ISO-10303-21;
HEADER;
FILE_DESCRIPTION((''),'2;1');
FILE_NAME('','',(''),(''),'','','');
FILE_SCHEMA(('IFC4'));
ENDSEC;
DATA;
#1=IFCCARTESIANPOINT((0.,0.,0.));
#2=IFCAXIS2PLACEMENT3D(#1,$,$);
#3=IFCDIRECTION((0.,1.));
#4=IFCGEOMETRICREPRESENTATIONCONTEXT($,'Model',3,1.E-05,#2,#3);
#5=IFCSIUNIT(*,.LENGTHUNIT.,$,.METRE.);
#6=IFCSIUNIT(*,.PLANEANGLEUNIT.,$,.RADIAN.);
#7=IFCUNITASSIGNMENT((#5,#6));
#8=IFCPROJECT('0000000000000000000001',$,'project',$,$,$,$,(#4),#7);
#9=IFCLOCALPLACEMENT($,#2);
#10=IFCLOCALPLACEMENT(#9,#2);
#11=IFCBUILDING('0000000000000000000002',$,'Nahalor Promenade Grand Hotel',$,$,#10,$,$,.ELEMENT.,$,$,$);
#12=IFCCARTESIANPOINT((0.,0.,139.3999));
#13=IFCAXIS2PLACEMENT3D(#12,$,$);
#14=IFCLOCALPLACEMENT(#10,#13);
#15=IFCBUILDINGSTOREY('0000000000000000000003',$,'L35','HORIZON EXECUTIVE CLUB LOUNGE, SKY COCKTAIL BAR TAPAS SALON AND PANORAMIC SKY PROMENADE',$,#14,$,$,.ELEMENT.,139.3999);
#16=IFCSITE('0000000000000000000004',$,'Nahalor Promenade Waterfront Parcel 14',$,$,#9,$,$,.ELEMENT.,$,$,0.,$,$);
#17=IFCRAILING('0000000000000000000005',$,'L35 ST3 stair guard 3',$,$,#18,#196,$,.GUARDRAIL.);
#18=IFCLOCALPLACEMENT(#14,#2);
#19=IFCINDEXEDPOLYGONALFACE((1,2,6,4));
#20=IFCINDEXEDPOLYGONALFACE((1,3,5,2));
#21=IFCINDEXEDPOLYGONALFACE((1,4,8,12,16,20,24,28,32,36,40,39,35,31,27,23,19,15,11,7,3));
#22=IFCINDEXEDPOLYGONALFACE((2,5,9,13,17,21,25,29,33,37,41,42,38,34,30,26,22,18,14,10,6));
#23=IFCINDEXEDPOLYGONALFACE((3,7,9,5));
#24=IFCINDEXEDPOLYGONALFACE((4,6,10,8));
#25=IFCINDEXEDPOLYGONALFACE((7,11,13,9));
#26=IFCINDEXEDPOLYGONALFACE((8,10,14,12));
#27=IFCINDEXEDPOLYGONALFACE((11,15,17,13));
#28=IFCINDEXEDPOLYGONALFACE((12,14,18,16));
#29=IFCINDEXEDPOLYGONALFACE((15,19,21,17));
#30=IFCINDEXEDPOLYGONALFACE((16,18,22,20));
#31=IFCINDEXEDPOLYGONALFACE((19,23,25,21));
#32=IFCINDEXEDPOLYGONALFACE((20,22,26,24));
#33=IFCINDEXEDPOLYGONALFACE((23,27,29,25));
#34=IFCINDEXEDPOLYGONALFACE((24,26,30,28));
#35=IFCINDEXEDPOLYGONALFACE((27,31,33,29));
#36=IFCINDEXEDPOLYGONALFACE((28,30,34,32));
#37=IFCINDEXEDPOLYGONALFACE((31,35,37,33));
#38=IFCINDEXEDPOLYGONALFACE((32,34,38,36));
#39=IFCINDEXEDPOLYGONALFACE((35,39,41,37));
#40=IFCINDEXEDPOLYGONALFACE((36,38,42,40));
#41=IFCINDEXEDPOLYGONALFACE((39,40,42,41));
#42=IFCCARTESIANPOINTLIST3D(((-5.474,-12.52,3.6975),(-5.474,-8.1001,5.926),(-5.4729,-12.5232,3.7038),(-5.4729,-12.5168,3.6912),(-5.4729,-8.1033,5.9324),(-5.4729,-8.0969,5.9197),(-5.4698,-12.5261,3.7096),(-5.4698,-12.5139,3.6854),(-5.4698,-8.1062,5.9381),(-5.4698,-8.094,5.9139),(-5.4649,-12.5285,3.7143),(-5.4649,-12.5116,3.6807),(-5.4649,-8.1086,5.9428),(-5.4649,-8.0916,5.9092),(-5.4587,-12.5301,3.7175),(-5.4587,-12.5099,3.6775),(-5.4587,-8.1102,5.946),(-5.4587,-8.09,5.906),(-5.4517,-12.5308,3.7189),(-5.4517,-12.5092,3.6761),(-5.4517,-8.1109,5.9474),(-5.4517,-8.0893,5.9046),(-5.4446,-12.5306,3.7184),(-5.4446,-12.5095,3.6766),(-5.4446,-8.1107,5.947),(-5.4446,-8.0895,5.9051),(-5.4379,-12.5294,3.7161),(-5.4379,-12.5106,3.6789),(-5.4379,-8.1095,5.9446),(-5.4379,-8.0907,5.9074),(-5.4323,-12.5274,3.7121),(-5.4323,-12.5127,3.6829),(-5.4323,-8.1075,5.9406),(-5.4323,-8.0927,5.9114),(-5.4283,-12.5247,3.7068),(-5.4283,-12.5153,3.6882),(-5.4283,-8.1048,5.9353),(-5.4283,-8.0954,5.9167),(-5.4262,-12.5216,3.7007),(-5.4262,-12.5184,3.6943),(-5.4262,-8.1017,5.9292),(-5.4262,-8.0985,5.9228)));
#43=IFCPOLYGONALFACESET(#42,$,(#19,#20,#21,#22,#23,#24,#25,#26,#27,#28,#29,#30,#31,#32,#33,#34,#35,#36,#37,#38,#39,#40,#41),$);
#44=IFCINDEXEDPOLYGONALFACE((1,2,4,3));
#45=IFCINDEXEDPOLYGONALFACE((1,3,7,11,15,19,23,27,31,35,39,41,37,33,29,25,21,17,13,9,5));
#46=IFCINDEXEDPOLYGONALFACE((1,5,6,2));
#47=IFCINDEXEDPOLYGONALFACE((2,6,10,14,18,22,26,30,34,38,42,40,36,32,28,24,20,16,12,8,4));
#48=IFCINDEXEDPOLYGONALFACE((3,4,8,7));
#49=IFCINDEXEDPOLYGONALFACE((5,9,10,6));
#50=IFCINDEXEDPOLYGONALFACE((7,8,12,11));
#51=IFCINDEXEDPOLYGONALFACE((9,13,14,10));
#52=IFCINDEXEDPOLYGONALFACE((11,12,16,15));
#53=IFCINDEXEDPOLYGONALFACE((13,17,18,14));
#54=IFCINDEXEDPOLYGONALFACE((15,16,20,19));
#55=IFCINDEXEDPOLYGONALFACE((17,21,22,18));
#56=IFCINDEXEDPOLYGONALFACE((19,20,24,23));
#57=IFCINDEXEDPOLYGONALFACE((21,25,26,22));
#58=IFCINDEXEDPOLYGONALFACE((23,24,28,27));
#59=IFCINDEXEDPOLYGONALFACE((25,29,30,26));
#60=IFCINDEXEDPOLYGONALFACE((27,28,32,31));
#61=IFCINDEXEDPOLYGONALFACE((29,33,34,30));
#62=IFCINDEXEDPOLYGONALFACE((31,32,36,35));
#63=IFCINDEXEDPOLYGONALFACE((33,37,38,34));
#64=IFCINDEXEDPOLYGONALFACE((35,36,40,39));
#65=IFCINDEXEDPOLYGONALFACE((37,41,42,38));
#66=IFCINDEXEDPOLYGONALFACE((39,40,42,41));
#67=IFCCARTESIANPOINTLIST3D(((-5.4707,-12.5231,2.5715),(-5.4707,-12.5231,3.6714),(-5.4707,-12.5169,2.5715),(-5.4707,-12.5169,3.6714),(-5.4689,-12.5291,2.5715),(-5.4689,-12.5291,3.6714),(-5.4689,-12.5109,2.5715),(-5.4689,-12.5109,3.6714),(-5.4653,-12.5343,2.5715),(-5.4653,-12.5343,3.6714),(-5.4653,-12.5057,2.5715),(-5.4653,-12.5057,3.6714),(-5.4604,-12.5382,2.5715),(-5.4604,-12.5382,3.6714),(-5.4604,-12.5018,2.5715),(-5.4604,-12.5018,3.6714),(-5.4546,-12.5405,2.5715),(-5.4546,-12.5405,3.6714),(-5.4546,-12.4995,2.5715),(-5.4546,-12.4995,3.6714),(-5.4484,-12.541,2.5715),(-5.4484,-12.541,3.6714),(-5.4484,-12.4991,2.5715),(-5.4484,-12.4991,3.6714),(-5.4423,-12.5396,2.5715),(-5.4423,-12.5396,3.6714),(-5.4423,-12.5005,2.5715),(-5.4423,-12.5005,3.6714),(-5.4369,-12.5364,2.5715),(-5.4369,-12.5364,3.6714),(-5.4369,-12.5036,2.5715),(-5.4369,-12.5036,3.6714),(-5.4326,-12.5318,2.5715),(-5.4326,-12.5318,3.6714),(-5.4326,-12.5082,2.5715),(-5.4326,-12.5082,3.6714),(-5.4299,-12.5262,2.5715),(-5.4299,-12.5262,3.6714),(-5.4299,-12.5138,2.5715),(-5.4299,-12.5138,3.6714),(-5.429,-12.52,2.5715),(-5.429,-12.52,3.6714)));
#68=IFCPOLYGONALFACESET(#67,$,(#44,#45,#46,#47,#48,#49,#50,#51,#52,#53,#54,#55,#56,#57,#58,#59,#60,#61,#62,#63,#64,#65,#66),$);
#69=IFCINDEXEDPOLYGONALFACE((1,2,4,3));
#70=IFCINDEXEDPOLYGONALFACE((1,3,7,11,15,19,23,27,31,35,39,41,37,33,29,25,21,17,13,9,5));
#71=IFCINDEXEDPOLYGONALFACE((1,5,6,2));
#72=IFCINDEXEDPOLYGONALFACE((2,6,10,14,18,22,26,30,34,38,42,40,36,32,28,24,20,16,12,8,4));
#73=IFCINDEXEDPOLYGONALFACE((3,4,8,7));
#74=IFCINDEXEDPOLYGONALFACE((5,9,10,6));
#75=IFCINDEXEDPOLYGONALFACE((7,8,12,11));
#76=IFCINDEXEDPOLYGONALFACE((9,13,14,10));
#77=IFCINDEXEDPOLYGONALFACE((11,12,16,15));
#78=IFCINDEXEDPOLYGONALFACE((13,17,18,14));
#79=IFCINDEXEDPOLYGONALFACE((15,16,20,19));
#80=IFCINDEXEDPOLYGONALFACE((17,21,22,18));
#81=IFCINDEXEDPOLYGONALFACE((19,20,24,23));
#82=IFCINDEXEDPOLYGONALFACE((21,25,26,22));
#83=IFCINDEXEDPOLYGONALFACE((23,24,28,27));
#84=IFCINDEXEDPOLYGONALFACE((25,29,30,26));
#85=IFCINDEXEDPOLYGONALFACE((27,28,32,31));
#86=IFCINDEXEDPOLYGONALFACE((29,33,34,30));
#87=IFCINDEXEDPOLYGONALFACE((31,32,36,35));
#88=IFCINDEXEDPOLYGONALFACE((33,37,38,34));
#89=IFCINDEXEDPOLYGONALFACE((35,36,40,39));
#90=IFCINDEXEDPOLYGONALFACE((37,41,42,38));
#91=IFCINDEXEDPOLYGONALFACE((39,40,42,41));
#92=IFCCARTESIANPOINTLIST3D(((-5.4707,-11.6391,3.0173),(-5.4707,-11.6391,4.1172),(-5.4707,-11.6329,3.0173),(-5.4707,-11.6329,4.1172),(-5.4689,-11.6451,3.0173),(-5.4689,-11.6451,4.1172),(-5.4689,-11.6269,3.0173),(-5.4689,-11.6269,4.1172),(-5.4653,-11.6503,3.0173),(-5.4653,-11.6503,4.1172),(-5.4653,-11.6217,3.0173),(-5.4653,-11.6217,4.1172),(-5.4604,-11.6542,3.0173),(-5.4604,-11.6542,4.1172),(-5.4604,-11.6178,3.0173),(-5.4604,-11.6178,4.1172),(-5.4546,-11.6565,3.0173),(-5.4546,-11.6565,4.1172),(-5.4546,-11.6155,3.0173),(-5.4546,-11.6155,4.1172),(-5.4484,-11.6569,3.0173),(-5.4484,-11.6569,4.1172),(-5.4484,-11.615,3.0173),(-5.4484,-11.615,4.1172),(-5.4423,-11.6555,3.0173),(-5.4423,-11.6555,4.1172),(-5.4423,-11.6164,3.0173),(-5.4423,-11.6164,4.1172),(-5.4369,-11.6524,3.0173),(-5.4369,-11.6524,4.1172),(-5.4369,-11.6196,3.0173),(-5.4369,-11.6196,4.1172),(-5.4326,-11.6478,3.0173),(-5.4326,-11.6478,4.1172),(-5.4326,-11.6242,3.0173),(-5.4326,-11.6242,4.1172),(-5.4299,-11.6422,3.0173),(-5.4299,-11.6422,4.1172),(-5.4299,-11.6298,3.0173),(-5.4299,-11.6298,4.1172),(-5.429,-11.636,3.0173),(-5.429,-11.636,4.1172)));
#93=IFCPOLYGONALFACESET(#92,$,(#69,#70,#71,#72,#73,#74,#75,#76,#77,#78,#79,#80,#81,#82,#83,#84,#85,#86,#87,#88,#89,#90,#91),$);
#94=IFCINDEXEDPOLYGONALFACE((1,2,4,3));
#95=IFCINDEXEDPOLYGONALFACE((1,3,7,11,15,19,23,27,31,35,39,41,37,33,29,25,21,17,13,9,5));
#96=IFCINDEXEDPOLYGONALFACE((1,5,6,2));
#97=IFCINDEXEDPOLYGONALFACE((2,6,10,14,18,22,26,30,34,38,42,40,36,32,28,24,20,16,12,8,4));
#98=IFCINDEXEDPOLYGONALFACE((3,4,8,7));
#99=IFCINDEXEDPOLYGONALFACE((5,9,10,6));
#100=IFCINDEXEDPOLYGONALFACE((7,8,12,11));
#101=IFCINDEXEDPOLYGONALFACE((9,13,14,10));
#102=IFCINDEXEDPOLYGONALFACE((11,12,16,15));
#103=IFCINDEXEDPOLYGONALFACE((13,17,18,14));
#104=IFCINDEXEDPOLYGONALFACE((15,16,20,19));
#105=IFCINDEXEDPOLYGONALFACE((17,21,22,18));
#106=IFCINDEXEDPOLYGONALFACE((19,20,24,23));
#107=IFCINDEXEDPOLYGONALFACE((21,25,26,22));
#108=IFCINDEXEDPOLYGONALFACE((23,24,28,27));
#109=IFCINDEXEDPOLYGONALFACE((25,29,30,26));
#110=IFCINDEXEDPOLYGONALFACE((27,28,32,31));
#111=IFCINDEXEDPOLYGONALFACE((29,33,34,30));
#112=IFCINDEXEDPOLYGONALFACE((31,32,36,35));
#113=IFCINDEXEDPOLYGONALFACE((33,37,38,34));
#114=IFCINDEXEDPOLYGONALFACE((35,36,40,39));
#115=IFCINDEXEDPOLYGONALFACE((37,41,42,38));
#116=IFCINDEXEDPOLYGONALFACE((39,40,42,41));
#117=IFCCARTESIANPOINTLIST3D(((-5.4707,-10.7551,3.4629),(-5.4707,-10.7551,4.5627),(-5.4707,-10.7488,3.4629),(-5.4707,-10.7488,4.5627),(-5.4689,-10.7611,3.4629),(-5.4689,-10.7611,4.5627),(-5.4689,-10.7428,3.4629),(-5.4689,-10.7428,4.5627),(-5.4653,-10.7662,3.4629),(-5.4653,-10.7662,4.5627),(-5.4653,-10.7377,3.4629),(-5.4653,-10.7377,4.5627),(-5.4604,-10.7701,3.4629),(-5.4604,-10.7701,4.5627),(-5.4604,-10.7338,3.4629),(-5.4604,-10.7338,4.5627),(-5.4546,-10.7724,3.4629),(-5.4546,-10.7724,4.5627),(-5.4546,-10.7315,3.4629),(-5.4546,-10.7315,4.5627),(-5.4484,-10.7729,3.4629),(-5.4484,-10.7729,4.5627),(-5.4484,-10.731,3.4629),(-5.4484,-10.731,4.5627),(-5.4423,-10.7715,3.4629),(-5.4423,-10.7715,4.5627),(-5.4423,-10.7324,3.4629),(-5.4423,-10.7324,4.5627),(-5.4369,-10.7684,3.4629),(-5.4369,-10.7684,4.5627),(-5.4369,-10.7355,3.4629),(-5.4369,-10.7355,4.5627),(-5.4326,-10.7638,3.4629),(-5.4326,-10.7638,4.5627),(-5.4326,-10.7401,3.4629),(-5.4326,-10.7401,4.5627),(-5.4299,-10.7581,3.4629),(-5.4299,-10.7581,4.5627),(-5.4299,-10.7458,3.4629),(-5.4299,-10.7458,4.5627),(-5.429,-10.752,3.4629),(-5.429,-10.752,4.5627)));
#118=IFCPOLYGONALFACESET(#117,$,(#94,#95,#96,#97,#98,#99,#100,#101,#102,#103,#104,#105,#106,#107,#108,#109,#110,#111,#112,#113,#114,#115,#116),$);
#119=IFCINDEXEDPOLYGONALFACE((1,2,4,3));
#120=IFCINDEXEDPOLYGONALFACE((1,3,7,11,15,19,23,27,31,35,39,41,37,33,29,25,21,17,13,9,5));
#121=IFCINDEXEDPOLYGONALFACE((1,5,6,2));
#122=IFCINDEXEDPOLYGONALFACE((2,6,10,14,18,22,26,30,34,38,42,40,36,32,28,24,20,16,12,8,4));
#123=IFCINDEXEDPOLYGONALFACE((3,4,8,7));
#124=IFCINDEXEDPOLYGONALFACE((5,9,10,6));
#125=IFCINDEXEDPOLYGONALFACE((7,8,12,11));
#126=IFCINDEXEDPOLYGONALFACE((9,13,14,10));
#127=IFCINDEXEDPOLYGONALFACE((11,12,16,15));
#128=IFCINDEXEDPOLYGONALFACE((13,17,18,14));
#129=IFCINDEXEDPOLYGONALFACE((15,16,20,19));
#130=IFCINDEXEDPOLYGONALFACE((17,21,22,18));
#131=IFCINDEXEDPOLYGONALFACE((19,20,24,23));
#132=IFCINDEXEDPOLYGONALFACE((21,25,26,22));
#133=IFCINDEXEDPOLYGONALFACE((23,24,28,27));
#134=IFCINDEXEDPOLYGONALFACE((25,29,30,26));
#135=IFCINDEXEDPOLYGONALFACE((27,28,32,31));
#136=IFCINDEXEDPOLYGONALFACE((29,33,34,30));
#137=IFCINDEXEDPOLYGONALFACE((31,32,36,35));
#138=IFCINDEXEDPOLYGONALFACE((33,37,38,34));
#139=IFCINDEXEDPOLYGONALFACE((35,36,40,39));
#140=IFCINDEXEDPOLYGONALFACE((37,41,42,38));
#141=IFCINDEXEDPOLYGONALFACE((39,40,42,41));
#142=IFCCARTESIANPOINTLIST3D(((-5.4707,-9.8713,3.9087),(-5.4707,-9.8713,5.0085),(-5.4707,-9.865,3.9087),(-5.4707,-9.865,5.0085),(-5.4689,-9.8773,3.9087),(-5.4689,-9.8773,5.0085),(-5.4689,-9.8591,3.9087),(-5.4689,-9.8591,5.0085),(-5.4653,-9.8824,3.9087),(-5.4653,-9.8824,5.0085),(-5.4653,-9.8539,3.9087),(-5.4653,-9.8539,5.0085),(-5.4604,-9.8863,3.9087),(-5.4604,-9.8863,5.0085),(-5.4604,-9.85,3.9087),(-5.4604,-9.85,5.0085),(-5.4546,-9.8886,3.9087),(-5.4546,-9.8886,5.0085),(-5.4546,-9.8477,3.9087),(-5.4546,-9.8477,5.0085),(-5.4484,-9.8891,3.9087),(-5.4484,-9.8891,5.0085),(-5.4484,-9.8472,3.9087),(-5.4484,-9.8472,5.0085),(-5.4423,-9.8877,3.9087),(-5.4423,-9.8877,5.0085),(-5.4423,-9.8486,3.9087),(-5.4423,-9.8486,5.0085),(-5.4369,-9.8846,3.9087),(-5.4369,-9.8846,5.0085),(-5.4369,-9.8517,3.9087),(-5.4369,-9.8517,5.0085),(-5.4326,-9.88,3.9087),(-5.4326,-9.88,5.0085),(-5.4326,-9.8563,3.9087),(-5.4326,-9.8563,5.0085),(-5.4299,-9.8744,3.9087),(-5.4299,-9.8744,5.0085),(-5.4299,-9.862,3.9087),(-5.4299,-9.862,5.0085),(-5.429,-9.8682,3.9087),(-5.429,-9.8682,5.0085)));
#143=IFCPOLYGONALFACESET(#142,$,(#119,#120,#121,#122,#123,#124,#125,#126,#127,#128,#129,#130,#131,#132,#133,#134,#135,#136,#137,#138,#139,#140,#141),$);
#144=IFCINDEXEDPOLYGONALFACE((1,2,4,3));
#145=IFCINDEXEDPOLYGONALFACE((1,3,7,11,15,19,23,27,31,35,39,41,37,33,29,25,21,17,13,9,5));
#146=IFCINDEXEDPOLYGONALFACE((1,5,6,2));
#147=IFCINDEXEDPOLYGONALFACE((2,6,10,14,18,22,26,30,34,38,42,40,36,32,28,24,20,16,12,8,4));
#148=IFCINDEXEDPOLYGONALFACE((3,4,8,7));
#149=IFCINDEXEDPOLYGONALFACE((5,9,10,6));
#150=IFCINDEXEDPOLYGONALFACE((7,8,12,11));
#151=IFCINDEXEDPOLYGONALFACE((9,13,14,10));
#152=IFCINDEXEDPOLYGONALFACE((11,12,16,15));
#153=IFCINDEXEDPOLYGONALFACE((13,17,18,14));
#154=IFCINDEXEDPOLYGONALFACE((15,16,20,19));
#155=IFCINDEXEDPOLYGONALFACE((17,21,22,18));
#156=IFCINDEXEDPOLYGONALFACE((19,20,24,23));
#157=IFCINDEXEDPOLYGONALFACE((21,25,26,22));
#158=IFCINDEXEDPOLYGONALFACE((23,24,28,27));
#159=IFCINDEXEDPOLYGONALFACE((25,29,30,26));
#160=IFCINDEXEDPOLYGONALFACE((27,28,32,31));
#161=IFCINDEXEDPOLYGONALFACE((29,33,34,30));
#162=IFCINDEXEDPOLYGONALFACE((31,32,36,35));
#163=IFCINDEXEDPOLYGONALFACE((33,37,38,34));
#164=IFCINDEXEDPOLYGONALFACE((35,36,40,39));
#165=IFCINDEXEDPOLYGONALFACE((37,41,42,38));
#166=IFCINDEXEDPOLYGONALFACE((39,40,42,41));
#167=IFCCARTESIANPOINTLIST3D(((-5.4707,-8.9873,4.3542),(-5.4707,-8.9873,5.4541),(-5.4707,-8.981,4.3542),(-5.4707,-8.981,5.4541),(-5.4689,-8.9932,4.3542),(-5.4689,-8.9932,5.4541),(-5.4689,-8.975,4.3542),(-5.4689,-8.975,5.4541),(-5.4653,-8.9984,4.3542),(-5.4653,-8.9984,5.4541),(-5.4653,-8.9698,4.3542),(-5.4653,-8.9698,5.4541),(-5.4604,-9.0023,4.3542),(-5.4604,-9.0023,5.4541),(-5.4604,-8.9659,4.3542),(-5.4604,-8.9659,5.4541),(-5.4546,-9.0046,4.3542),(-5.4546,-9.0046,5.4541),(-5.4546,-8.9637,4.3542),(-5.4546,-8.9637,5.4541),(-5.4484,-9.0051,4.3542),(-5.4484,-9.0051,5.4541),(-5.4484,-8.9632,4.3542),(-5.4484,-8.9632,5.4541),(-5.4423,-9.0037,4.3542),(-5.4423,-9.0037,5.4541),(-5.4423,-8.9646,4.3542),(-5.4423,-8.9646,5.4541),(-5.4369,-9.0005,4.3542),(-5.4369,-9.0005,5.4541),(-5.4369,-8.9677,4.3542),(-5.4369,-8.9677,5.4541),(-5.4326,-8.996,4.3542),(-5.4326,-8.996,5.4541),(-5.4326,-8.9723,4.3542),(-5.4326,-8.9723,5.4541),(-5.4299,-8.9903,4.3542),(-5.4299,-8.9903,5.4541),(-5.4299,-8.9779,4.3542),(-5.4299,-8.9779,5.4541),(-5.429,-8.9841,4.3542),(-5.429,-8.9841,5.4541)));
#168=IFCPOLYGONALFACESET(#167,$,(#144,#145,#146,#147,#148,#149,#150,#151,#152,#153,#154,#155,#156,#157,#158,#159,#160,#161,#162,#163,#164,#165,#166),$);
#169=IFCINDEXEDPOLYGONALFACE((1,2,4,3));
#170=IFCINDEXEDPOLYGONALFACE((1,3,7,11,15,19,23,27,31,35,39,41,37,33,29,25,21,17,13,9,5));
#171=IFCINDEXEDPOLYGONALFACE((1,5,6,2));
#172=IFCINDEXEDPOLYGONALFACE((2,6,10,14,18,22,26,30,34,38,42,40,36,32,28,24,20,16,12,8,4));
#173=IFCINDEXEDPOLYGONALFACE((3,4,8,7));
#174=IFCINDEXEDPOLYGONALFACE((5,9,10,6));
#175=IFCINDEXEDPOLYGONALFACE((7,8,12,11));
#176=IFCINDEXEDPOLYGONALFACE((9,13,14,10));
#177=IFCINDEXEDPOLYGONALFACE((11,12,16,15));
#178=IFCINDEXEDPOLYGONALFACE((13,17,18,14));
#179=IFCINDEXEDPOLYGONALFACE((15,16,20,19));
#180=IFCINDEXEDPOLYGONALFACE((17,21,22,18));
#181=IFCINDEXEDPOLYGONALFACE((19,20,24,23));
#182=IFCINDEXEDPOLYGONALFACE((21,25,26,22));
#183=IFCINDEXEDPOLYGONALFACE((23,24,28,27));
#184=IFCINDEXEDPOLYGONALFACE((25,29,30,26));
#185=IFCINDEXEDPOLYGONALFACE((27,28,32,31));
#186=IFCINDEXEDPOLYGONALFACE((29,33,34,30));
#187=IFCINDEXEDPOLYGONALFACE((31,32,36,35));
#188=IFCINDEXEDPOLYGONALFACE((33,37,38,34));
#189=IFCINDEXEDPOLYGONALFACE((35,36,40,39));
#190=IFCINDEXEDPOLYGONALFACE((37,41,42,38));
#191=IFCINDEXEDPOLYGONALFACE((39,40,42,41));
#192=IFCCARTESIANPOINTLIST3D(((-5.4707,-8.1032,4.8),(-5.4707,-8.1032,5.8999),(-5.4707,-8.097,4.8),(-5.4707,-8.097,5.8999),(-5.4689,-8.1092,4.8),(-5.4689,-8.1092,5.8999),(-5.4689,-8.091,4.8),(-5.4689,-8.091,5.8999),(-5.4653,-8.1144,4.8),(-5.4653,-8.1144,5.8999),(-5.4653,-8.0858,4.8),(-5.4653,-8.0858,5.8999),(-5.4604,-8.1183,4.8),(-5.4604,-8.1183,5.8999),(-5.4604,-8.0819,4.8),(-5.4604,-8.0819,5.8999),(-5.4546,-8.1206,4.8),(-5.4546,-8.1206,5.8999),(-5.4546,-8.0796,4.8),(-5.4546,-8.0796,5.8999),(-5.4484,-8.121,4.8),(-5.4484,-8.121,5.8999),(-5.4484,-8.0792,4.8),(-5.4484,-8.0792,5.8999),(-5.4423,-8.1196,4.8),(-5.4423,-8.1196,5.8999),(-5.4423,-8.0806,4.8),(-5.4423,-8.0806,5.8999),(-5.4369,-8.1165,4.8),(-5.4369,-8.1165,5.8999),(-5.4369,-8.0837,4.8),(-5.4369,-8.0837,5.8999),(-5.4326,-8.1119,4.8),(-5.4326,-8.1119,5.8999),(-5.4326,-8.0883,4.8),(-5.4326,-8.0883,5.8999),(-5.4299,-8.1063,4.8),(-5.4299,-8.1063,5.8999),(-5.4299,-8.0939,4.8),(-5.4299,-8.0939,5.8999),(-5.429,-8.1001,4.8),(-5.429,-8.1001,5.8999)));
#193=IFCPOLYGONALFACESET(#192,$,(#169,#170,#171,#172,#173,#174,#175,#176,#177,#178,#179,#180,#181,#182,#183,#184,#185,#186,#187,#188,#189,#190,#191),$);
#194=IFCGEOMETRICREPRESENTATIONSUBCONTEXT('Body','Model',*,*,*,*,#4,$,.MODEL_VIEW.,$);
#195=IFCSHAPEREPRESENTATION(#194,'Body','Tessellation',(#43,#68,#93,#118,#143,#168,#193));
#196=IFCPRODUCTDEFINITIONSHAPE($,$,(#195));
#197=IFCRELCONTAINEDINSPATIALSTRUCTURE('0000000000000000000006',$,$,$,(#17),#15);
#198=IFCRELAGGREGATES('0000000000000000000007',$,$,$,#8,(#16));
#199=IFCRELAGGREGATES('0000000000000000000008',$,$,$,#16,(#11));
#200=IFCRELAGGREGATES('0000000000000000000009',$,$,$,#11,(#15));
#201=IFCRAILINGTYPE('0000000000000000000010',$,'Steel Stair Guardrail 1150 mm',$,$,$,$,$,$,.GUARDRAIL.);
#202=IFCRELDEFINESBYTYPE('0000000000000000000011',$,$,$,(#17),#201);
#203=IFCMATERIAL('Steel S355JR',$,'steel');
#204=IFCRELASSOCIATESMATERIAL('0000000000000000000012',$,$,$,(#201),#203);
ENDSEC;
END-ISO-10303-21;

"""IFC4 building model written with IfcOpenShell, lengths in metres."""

from ifc_helpers import new_model, si_unit, direction, frame, origin, origin_2d, place, context, subcontext, project, spatial, circle, extrude, material, type_object, element, save


model = new_model("IFC4")

# Units and contexts
model_context = context("Model", 3, precision=1e-05, world=origin(), true_north=direction((0.0, 1.0)))
body_context = subcontext(model_context, "Body", "Model", "MODEL_VIEW")
ifc_project = project(units=[si_unit("LENGTHUNIT", "METRE"), si_unit("PLANEANGLEUNIT", "RADIAN")], contexts=[model_context])

# Site, building, storey
site_placement = place(None, origin())
site = spatial("IfcSite", under=ifc_project, at=site_placement, Name="Nahalor Promenade Waterfront Parcel 14", CompositionType="ELEMENT", RefElevation=0.0)
building_placement = place(site_placement, origin())
building = spatial("IfcBuilding", under=site, at=building_placement, Name="Nahalor Promenade Grand Hotel", CompositionType="ELEMENT")
storey_placement = place(building_placement, frame((0.0, 0.0, 139.3999)))
storey = spatial("IfcBuildingStorey", under=building, at=storey_placement, Name="L35", Description="HORIZON EXECUTIVE CLUB LOUNGE, SKY COCKTAIL BAR TAPAS SALON AND PANORAMIC SKY PROMENADE", CompositionType="ELEMENT", Elevation=139.3999)

# Shared definitions
ifc_material_1 = material(Name="Steel S355JR", Category="steel")

# Railing
railing_type_1 = type_object("IfcRailingType", Name="Steel Stair Guardrail 1150 mm", PredefinedType="GUARDRAIL", material=ifc_material_1)
railing_1_placement = place(storey_placement, frame((-5.45, -12.52, 2.5715)))
element("IfcRailing", 1, at=railing_1_placement, inside=storey, type_object=railing_type_1, Name="L35 ST3 stair guard 3", PredefinedType="GUARDRAIL", context=body_context, shape_type="SweptSolid", body=[
    extrude(circle(Radius=0.024, at=origin_2d()), frame((0.0, 0.0, 1.126), z_axis=(0.0, 0.892923, 0.45021), x_axis=(-1.0, 0.0, 0.0)), (0.0, 0.0, 1.0), 4.95),
    extrude(circle(Radius=0.021, at=origin_2d()), origin(), (0.0, 0.0, 1.0), 1.0999),
    extrude(circle(Radius=0.021, at=origin_2d()), frame((0.0, 0.884, 0.4458)), (0.0, 0.0, 1.0), 1.0999),
    extrude(circle(Radius=0.021, at=origin_2d()), frame((0.0, 1.7681, 0.8914)), (0.0, 0.0, 1.0), 1.0999),
    extrude(circle(Radius=0.021, at=origin_2d()), frame((0.0, 2.6519, 1.3372)), (0.0, 0.0, 1.0), 1.0999),
    extrude(circle(Radius=0.021, at=origin_2d()), frame((0.0, 3.5359, 1.7827)), (0.0, 0.0, 1.0), 1.0999),
    extrude(circle(Radius=0.021, at=origin_2d()), frame((0.0, 4.4199, 2.2285)), (0.0, 0.0, 1.0), 1.0999),
])

save(model, "model.ifc")
